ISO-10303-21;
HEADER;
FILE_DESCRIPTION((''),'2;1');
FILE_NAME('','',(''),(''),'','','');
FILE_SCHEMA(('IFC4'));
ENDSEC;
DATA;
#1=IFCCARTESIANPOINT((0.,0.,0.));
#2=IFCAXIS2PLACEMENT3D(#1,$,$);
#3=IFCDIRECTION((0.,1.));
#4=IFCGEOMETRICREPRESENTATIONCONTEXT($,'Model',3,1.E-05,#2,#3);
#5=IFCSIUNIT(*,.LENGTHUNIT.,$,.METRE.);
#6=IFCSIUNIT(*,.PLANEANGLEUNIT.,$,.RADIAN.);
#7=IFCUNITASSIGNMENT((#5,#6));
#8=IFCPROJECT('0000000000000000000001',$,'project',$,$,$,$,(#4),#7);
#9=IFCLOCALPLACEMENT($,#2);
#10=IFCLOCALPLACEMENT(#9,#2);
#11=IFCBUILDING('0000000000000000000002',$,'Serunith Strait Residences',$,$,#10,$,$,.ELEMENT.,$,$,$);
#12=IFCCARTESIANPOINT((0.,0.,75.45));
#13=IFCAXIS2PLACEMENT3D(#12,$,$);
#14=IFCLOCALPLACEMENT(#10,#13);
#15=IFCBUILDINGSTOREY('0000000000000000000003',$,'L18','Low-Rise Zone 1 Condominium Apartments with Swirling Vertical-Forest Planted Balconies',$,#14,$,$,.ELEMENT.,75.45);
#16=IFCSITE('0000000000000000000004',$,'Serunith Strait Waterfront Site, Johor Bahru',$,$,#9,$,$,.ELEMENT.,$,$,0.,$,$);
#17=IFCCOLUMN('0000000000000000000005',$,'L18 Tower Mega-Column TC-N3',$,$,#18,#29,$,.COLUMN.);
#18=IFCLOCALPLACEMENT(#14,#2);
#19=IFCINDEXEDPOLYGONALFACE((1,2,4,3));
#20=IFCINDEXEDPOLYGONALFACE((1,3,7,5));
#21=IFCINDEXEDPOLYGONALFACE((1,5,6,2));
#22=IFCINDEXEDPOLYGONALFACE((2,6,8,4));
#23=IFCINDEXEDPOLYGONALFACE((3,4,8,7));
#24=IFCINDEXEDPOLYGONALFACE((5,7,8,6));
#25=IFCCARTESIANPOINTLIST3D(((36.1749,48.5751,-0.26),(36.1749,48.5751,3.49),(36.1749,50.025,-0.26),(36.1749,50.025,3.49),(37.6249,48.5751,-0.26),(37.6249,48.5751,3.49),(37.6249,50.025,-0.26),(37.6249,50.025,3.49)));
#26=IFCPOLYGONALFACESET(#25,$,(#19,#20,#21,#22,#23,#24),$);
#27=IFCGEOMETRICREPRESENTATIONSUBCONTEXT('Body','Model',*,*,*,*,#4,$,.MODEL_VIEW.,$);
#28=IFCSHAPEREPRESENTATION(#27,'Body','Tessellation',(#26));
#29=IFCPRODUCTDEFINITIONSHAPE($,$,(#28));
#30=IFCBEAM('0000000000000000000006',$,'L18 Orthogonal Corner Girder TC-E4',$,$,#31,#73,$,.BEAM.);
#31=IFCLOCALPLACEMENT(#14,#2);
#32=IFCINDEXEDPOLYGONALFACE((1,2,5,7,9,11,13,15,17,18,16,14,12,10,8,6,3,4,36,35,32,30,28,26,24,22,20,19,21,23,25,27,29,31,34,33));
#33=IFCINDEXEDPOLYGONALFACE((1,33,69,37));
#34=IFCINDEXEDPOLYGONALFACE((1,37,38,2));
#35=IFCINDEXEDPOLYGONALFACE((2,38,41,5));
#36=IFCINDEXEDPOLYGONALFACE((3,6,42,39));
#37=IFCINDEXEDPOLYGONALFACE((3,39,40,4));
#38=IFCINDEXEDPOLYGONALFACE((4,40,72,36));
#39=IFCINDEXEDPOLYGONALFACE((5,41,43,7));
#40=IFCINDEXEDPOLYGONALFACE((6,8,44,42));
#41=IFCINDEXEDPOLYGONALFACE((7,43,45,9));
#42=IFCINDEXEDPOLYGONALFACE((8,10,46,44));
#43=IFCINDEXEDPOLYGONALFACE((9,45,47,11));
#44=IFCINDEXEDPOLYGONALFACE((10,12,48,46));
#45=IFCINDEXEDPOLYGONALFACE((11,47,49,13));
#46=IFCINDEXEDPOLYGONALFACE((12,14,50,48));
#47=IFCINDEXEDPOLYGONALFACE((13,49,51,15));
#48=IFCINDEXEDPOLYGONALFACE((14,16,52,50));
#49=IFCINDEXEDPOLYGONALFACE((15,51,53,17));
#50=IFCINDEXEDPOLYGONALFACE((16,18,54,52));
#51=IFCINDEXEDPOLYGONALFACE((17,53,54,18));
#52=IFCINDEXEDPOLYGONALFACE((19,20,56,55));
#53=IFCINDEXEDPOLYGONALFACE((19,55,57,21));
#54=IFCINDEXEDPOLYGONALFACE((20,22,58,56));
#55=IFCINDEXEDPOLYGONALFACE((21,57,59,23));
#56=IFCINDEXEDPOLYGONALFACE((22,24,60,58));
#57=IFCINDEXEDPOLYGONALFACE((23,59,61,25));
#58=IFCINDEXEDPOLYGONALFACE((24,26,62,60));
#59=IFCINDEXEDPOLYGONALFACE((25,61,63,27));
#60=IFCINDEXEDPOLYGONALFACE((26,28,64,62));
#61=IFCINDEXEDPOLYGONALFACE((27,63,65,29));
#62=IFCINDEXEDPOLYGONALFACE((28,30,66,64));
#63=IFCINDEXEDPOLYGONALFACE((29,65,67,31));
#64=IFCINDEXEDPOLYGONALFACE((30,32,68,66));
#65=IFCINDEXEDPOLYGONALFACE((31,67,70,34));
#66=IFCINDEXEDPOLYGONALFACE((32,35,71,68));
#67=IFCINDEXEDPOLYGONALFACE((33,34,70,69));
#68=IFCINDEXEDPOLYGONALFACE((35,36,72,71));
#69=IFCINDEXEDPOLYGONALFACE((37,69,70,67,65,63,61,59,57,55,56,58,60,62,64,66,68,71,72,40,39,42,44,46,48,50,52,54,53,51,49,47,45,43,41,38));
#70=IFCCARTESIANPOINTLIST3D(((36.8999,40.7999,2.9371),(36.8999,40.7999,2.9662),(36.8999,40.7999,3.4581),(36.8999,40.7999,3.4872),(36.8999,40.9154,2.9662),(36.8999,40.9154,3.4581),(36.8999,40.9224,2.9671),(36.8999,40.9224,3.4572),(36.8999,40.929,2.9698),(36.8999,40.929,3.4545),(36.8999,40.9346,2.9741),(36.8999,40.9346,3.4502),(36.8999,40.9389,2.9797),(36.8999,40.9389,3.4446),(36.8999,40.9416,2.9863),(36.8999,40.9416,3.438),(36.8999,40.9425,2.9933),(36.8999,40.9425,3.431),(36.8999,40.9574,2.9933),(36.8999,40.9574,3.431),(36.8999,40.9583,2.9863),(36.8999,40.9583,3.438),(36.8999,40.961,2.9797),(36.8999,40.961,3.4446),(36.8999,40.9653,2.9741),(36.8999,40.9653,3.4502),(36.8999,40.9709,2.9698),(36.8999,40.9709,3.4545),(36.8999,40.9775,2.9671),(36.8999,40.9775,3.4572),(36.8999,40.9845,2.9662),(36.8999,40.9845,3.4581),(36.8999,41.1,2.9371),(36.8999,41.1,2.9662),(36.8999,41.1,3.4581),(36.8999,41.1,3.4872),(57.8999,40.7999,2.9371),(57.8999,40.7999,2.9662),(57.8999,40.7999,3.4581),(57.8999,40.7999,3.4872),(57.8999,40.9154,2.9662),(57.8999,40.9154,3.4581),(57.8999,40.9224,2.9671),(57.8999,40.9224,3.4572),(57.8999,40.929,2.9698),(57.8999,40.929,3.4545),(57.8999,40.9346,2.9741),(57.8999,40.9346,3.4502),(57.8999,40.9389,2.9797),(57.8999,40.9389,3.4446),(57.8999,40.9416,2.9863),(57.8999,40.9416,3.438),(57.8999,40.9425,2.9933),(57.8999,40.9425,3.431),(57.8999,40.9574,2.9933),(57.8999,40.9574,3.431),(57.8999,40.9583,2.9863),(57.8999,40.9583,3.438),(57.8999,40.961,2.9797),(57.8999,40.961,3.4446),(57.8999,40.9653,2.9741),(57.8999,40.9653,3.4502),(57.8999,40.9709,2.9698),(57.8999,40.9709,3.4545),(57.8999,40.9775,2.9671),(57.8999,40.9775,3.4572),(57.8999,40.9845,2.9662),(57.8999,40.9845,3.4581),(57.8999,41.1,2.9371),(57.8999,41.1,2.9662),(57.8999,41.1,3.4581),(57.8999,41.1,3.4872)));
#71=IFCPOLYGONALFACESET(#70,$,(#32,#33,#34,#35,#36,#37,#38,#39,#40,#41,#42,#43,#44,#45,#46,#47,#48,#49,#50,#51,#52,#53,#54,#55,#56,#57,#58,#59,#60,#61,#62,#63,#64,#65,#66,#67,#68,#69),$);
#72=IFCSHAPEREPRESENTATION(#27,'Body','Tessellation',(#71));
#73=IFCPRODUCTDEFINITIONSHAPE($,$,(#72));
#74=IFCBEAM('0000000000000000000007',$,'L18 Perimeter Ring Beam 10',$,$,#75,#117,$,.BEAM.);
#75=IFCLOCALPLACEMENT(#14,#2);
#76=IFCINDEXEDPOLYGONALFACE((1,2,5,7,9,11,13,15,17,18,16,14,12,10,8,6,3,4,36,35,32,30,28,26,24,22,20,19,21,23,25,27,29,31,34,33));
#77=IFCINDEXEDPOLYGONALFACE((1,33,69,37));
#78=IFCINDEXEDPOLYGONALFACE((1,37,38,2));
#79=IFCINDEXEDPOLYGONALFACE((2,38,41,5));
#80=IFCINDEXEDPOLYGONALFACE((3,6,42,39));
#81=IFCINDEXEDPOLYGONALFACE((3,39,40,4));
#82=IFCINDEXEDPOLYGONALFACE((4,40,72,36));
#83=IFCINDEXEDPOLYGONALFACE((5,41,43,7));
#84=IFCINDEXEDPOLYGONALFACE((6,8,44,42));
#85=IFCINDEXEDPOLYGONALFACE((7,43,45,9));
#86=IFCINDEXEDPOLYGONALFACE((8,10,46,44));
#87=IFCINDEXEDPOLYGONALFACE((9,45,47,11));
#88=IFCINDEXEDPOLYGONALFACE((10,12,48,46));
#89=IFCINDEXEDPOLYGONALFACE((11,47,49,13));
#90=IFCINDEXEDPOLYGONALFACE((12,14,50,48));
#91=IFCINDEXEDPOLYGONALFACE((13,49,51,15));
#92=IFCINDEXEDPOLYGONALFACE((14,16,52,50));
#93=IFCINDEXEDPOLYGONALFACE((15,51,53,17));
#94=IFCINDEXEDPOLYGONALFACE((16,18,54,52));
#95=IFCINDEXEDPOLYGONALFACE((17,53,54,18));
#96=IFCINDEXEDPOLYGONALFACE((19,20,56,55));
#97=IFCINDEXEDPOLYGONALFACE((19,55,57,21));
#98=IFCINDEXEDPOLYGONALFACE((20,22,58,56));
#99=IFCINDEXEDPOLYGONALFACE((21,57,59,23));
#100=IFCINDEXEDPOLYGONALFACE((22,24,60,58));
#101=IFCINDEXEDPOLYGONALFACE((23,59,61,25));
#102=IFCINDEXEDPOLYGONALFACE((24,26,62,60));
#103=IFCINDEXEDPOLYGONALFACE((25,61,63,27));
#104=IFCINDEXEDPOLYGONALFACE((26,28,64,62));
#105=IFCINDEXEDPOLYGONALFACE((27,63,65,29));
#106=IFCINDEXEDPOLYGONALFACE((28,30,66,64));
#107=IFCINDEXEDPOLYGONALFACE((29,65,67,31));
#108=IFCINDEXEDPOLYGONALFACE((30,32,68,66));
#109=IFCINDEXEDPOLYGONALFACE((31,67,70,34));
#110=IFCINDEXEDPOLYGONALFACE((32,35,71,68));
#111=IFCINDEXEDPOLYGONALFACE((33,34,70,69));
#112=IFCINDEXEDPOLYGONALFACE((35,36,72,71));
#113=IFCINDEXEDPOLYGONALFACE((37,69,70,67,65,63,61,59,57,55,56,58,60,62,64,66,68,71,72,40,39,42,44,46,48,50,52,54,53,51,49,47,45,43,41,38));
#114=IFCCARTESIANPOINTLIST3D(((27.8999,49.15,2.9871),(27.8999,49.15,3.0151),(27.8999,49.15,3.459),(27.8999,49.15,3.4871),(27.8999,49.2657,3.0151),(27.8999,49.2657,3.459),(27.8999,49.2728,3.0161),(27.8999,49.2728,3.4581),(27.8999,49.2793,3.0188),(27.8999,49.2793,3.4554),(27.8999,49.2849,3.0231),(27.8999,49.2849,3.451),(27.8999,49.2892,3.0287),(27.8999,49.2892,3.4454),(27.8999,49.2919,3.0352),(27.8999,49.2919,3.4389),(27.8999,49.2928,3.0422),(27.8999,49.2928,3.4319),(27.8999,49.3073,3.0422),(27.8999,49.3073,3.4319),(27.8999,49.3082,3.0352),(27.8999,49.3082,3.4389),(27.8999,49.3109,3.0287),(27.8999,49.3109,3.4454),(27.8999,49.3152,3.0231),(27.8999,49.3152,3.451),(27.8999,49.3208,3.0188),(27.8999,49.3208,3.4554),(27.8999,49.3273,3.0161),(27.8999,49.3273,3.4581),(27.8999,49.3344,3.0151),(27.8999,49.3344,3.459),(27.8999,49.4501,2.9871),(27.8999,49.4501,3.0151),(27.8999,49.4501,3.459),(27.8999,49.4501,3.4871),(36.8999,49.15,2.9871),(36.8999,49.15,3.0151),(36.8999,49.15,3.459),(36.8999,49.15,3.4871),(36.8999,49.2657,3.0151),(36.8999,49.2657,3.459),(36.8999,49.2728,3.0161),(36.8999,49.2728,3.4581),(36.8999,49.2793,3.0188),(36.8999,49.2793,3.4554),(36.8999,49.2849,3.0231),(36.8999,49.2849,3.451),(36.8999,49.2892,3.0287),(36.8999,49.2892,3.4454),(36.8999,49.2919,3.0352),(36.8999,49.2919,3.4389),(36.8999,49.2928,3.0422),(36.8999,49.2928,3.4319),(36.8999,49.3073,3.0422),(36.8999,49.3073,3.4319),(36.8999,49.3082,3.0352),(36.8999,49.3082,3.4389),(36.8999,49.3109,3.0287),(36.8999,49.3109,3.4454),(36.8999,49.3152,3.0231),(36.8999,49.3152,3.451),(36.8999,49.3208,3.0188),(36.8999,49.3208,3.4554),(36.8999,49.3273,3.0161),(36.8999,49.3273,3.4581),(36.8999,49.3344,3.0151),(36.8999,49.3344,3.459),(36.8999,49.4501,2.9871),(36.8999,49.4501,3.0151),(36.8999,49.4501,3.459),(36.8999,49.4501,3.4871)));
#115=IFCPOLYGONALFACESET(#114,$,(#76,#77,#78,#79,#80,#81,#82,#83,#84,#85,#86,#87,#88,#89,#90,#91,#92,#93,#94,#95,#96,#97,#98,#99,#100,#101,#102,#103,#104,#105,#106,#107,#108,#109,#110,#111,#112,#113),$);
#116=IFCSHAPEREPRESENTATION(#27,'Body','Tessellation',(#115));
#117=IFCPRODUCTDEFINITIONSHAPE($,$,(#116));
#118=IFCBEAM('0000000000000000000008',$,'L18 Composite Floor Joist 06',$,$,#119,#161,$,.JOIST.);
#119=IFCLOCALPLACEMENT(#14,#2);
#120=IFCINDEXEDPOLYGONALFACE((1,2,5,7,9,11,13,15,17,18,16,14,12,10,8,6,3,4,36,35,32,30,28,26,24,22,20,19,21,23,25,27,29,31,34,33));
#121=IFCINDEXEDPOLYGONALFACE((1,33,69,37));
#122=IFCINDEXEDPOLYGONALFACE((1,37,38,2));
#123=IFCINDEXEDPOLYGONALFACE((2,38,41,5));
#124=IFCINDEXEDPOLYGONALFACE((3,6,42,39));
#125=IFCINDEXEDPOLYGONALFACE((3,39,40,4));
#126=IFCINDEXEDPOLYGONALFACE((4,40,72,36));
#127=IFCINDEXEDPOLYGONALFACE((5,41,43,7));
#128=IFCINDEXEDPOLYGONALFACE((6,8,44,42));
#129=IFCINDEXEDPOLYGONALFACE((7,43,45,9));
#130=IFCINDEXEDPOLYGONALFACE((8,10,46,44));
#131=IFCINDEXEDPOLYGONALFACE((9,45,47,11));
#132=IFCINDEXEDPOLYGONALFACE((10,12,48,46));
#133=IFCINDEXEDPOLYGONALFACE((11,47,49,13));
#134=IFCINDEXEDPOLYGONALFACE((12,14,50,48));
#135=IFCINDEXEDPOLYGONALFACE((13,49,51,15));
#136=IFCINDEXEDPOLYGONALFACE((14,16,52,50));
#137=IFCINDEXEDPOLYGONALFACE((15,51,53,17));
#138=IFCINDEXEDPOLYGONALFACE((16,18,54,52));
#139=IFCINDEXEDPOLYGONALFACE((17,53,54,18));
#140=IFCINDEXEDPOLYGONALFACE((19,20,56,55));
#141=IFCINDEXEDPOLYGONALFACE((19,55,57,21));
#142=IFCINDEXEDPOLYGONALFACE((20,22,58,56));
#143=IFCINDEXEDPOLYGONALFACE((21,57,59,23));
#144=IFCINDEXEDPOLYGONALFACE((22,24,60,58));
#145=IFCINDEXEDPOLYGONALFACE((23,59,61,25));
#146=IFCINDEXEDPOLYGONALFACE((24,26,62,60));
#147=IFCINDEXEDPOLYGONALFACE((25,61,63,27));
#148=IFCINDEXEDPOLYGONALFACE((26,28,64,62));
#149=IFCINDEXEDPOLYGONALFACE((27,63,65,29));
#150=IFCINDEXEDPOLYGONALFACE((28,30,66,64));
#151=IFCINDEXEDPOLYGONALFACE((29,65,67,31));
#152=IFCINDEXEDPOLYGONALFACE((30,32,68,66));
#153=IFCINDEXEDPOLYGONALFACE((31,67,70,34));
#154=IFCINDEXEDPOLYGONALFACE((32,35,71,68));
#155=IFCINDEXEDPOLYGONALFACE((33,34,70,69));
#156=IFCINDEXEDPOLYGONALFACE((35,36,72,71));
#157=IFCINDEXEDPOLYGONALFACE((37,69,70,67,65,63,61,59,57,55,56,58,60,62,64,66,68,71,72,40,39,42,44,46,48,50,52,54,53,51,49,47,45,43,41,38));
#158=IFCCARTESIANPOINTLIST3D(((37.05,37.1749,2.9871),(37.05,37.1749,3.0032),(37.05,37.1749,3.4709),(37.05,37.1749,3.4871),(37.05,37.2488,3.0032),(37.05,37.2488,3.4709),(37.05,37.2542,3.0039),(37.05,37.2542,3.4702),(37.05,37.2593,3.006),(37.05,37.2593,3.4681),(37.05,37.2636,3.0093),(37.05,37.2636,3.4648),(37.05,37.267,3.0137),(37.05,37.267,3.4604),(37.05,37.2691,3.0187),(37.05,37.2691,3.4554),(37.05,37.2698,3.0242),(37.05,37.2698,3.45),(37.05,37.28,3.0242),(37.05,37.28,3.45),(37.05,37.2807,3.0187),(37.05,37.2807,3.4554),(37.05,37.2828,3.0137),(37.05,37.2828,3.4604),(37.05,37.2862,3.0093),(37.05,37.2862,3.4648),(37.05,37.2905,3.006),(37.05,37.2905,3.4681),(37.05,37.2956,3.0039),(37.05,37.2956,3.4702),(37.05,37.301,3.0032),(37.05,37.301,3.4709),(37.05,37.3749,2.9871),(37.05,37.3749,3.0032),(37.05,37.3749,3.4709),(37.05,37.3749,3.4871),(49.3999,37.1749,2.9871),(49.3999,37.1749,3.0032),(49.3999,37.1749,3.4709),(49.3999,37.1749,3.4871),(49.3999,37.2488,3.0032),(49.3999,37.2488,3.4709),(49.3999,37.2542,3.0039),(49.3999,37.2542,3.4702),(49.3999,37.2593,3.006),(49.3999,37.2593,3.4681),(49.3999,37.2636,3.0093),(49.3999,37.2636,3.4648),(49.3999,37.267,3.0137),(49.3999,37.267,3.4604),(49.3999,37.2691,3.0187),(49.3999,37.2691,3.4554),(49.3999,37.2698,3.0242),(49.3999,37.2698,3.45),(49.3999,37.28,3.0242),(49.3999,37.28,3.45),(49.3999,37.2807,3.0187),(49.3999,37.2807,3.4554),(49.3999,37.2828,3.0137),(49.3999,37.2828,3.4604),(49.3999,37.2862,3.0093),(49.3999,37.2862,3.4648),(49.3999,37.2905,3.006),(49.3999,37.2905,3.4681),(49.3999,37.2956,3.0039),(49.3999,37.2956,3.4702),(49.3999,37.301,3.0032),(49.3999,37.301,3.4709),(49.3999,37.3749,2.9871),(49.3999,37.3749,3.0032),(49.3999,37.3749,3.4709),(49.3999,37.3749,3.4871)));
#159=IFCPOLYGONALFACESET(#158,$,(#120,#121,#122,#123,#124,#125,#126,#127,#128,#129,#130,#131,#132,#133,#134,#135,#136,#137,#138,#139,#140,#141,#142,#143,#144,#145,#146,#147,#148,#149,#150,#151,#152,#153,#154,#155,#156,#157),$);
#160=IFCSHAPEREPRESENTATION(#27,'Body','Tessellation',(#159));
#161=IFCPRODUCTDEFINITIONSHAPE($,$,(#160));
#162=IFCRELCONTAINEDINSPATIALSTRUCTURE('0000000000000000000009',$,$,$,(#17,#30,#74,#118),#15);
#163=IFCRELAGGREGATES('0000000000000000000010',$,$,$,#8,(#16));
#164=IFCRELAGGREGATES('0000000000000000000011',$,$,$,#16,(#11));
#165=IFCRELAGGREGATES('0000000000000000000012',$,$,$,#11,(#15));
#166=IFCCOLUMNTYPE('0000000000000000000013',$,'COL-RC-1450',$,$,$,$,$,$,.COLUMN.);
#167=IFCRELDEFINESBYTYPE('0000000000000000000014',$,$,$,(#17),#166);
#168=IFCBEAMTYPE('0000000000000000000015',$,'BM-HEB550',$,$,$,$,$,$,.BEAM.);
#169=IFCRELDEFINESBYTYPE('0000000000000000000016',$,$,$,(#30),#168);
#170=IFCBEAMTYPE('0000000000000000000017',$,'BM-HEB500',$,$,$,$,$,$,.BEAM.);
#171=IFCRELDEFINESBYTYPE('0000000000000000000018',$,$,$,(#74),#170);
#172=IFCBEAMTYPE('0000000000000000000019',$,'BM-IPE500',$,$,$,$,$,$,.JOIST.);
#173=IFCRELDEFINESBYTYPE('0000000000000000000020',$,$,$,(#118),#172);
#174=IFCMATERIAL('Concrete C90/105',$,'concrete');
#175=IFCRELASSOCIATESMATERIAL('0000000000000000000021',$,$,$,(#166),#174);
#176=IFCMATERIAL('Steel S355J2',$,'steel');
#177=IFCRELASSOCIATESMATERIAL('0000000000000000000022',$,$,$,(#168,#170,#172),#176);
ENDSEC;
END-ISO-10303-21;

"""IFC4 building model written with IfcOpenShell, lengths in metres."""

from ifc_helpers import new_model, si_unit, direction, frame, origin, origin_2d, place, context, subcontext, project, spatial, rectangle, i_section, extrude, source, transform, mapped, material, material_profile, profile_set, type_object, element, save


model = new_model("IFC4")

# Units and contexts
model_context = context("Model", 3, precision=1e-05, world=origin(), true_north=direction((0.0, 1.0)))
body_context = subcontext(model_context, "Body", "Model", "MODEL_VIEW")
ifc_project = project(units=[si_unit("LENGTHUNIT", "METRE"), si_unit("PLANEANGLEUNIT", "RADIAN")], contexts=[model_context])

# Site, building, storey
site_placement = place(None, origin())
site = spatial("IfcSite", under=ifc_project, at=site_placement, Name="Serunith Strait Waterfront Site, Johor Bahru", CompositionType="ELEMENT", RefElevation=0.0)
building_placement = place(site_placement, origin())
building = spatial("IfcBuilding", under=site, at=building_placement, Name="Serunith Strait Residences", CompositionType="ELEMENT")
storey_placement = place(building_placement, frame((0.0, 0.0, 75.45)))
storey = spatial("IfcBuildingStorey", under=building, at=storey_placement, Name="L18", Description="Low-Rise Zone 1 Condominium Apartments with Swirling Vertical-Forest Planted Balconies", CompositionType="ELEMENT", Elevation=75.45)

# Column
ifc_material_1 = material(Name="Concrete C90/105", Category="concrete")
ifc_material_profile_1 = material_profile(ifc_material_1, rectangle(XDim=1.45, YDim=1.45, at=origin_2d()), Name="RC 1450x1450")
ifc_profile_set_1 = profile_set([ifc_material_profile_1], Name="Concrete C90/105")
column_type = type_object("IfcColumnType", Name="COL-RC-1450", PredefinedType="COLUMN", material=ifc_profile_set_1)
shared_shape_1 = source(origin(), body_context, "Body", "SweptSolid", [
    extrude(rectangle(XDim=1.45, YDim=1.45, at=origin_2d()), origin(), (0.0, 0.0, 1.0), 3.75),
])
column_placement = place(storey_placement, frame((36.8999, 49.3, -0.26), z_axis=(0.0, 0.0, 1.0), x_axis=(1.0, 0.0, 0.0)))
element("IfcColumn", 1, at=column_placement, inside=storey, type_object=column_type, Name="L18 Tower Mega-Column TC-N3", PredefinedType="COLUMN", context=body_context, shape_type="MappedRepresentation", body=[
    mapped(shared_shape_1, transform((0.0, 0.0, 0.0), scale=1.0)),
])

# Beams
ifc_material_2 = material(Name="Steel S355J2", Category="steel")
ifc_material_profile_2 = material_profile(ifc_material_2, i_section(OverallWidth=0.3, OverallDepth=0.55, WebThickness=0.0149, FlangeThickness=0.0291, FilletRadius=0.0271, at=origin_2d()), Name="HEB 550")
ifc_profile_set_2 = profile_set([ifc_material_profile_2], Name="Steel S355J2")
beam_type_1 = type_object("IfcBeamType", Name="BM-HEB550", PredefinedType="BEAM", material=ifc_profile_set_2)
shared_shape_2 = source(origin(), body_context, "Body", "SweptSolid", [
    extrude(i_section(OverallWidth=0.3, OverallDepth=0.55, WebThickness=0.0149, FlangeThickness=0.0291, FilletRadius=0.0271, at=origin_2d()), origin(), (0.0, 0.0, 1.0), 21.0),
])
beam_1_placement = place(storey_placement, frame((36.8999, 40.95, 3.2122), z_axis=(1.0, 0.0, 0.0), x_axis=(0.0, 1.0, 0.0)))
element("IfcBeam", 2, at=beam_1_placement, inside=storey, type_object=beam_type_1, Name="L18 Orthogonal Corner Girder TC-E4", PredefinedType="BEAM", context=body_context, shape_type="MappedRepresentation", body=[
    mapped(shared_shape_2, transform((0.0, 0.0, 0.0), scale=1.0)),
])
ifc_material_profile_3 = material_profile(ifc_material_2, i_section(OverallWidth=0.3, OverallDepth=0.5, WebThickness=0.0144, FlangeThickness=0.0281, FilletRadius=0.0271, at=origin_2d()), Name="HEB 500")
ifc_profile_set_3 = profile_set([ifc_material_profile_3], Name="Steel S355J2")
beam_type_2 = type_object("IfcBeamType", Name="BM-HEB500", PredefinedType="BEAM", material=ifc_profile_set_3)
shared_shape_3 = source(origin(), body_context, "Body", "SweptSolid", [
    extrude(i_section(OverallWidth=0.3, OverallDepth=0.5, WebThickness=0.0144, FlangeThickness=0.0281, FilletRadius=0.0271, at=origin_2d()), origin(), (0.0, 0.0, 1.0), 9.0),
])
beam_2_placement = place(storey_placement, frame((36.8999, 49.3, 3.2371), z_axis=(-1.0, 0.0, 0.0), x_axis=(0.0, -1.0, 0.0)))
element("IfcBeam", 3, at=beam_2_placement, inside=storey, type_object=beam_type_2, Name="L18 Perimeter Ring Beam 10", PredefinedType="BEAM", context=body_context, shape_type="MappedRepresentation", body=[
    mapped(shared_shape_3, transform((0.0, 0.0, 0.0), scale=1.0)),
])
ifc_material_profile_4 = material_profile(ifc_material_2, i_section(OverallWidth=0.2, OverallDepth=0.5, WebThickness=0.0103, FlangeThickness=0.0161, FilletRadius=0.021, at=origin_2d()), Name="IPE 500")
ifc_profile_set_4 = profile_set([ifc_material_profile_4], Name="Steel S355J2")
beam_type_3 = type_object("IfcBeamType", Name="BM-IPE500", PredefinedType="JOIST", material=ifc_profile_set_4)
shared_shape_4 = source(origin(), body_context, "Body", "SweptSolid", [
    extrude(i_section(OverallWidth=0.2, OverallDepth=0.5, WebThickness=0.0103, FlangeThickness=0.0161, FilletRadius=0.021, at=origin_2d()), origin(), (0.0, 0.0, 1.0), 12.3499),
])
beam_3_placement = place(storey_placement, frame((37.05, 37.2749, 3.2371), z_axis=(1.0, 0.0, 0.0), x_axis=(0.0, 1.0, 0.0)))
element("IfcBeam", 4, at=beam_3_placement, inside=storey, type_object=beam_type_3, Name="L18 Composite Floor Joist 06", PredefinedType="JOIST", context=body_context, shape_type="MappedRepresentation", body=[
    mapped(shared_shape_4, transform((0.0, 0.0, 0.0), scale=1.0)),
])

save(model, "model.ifc")
